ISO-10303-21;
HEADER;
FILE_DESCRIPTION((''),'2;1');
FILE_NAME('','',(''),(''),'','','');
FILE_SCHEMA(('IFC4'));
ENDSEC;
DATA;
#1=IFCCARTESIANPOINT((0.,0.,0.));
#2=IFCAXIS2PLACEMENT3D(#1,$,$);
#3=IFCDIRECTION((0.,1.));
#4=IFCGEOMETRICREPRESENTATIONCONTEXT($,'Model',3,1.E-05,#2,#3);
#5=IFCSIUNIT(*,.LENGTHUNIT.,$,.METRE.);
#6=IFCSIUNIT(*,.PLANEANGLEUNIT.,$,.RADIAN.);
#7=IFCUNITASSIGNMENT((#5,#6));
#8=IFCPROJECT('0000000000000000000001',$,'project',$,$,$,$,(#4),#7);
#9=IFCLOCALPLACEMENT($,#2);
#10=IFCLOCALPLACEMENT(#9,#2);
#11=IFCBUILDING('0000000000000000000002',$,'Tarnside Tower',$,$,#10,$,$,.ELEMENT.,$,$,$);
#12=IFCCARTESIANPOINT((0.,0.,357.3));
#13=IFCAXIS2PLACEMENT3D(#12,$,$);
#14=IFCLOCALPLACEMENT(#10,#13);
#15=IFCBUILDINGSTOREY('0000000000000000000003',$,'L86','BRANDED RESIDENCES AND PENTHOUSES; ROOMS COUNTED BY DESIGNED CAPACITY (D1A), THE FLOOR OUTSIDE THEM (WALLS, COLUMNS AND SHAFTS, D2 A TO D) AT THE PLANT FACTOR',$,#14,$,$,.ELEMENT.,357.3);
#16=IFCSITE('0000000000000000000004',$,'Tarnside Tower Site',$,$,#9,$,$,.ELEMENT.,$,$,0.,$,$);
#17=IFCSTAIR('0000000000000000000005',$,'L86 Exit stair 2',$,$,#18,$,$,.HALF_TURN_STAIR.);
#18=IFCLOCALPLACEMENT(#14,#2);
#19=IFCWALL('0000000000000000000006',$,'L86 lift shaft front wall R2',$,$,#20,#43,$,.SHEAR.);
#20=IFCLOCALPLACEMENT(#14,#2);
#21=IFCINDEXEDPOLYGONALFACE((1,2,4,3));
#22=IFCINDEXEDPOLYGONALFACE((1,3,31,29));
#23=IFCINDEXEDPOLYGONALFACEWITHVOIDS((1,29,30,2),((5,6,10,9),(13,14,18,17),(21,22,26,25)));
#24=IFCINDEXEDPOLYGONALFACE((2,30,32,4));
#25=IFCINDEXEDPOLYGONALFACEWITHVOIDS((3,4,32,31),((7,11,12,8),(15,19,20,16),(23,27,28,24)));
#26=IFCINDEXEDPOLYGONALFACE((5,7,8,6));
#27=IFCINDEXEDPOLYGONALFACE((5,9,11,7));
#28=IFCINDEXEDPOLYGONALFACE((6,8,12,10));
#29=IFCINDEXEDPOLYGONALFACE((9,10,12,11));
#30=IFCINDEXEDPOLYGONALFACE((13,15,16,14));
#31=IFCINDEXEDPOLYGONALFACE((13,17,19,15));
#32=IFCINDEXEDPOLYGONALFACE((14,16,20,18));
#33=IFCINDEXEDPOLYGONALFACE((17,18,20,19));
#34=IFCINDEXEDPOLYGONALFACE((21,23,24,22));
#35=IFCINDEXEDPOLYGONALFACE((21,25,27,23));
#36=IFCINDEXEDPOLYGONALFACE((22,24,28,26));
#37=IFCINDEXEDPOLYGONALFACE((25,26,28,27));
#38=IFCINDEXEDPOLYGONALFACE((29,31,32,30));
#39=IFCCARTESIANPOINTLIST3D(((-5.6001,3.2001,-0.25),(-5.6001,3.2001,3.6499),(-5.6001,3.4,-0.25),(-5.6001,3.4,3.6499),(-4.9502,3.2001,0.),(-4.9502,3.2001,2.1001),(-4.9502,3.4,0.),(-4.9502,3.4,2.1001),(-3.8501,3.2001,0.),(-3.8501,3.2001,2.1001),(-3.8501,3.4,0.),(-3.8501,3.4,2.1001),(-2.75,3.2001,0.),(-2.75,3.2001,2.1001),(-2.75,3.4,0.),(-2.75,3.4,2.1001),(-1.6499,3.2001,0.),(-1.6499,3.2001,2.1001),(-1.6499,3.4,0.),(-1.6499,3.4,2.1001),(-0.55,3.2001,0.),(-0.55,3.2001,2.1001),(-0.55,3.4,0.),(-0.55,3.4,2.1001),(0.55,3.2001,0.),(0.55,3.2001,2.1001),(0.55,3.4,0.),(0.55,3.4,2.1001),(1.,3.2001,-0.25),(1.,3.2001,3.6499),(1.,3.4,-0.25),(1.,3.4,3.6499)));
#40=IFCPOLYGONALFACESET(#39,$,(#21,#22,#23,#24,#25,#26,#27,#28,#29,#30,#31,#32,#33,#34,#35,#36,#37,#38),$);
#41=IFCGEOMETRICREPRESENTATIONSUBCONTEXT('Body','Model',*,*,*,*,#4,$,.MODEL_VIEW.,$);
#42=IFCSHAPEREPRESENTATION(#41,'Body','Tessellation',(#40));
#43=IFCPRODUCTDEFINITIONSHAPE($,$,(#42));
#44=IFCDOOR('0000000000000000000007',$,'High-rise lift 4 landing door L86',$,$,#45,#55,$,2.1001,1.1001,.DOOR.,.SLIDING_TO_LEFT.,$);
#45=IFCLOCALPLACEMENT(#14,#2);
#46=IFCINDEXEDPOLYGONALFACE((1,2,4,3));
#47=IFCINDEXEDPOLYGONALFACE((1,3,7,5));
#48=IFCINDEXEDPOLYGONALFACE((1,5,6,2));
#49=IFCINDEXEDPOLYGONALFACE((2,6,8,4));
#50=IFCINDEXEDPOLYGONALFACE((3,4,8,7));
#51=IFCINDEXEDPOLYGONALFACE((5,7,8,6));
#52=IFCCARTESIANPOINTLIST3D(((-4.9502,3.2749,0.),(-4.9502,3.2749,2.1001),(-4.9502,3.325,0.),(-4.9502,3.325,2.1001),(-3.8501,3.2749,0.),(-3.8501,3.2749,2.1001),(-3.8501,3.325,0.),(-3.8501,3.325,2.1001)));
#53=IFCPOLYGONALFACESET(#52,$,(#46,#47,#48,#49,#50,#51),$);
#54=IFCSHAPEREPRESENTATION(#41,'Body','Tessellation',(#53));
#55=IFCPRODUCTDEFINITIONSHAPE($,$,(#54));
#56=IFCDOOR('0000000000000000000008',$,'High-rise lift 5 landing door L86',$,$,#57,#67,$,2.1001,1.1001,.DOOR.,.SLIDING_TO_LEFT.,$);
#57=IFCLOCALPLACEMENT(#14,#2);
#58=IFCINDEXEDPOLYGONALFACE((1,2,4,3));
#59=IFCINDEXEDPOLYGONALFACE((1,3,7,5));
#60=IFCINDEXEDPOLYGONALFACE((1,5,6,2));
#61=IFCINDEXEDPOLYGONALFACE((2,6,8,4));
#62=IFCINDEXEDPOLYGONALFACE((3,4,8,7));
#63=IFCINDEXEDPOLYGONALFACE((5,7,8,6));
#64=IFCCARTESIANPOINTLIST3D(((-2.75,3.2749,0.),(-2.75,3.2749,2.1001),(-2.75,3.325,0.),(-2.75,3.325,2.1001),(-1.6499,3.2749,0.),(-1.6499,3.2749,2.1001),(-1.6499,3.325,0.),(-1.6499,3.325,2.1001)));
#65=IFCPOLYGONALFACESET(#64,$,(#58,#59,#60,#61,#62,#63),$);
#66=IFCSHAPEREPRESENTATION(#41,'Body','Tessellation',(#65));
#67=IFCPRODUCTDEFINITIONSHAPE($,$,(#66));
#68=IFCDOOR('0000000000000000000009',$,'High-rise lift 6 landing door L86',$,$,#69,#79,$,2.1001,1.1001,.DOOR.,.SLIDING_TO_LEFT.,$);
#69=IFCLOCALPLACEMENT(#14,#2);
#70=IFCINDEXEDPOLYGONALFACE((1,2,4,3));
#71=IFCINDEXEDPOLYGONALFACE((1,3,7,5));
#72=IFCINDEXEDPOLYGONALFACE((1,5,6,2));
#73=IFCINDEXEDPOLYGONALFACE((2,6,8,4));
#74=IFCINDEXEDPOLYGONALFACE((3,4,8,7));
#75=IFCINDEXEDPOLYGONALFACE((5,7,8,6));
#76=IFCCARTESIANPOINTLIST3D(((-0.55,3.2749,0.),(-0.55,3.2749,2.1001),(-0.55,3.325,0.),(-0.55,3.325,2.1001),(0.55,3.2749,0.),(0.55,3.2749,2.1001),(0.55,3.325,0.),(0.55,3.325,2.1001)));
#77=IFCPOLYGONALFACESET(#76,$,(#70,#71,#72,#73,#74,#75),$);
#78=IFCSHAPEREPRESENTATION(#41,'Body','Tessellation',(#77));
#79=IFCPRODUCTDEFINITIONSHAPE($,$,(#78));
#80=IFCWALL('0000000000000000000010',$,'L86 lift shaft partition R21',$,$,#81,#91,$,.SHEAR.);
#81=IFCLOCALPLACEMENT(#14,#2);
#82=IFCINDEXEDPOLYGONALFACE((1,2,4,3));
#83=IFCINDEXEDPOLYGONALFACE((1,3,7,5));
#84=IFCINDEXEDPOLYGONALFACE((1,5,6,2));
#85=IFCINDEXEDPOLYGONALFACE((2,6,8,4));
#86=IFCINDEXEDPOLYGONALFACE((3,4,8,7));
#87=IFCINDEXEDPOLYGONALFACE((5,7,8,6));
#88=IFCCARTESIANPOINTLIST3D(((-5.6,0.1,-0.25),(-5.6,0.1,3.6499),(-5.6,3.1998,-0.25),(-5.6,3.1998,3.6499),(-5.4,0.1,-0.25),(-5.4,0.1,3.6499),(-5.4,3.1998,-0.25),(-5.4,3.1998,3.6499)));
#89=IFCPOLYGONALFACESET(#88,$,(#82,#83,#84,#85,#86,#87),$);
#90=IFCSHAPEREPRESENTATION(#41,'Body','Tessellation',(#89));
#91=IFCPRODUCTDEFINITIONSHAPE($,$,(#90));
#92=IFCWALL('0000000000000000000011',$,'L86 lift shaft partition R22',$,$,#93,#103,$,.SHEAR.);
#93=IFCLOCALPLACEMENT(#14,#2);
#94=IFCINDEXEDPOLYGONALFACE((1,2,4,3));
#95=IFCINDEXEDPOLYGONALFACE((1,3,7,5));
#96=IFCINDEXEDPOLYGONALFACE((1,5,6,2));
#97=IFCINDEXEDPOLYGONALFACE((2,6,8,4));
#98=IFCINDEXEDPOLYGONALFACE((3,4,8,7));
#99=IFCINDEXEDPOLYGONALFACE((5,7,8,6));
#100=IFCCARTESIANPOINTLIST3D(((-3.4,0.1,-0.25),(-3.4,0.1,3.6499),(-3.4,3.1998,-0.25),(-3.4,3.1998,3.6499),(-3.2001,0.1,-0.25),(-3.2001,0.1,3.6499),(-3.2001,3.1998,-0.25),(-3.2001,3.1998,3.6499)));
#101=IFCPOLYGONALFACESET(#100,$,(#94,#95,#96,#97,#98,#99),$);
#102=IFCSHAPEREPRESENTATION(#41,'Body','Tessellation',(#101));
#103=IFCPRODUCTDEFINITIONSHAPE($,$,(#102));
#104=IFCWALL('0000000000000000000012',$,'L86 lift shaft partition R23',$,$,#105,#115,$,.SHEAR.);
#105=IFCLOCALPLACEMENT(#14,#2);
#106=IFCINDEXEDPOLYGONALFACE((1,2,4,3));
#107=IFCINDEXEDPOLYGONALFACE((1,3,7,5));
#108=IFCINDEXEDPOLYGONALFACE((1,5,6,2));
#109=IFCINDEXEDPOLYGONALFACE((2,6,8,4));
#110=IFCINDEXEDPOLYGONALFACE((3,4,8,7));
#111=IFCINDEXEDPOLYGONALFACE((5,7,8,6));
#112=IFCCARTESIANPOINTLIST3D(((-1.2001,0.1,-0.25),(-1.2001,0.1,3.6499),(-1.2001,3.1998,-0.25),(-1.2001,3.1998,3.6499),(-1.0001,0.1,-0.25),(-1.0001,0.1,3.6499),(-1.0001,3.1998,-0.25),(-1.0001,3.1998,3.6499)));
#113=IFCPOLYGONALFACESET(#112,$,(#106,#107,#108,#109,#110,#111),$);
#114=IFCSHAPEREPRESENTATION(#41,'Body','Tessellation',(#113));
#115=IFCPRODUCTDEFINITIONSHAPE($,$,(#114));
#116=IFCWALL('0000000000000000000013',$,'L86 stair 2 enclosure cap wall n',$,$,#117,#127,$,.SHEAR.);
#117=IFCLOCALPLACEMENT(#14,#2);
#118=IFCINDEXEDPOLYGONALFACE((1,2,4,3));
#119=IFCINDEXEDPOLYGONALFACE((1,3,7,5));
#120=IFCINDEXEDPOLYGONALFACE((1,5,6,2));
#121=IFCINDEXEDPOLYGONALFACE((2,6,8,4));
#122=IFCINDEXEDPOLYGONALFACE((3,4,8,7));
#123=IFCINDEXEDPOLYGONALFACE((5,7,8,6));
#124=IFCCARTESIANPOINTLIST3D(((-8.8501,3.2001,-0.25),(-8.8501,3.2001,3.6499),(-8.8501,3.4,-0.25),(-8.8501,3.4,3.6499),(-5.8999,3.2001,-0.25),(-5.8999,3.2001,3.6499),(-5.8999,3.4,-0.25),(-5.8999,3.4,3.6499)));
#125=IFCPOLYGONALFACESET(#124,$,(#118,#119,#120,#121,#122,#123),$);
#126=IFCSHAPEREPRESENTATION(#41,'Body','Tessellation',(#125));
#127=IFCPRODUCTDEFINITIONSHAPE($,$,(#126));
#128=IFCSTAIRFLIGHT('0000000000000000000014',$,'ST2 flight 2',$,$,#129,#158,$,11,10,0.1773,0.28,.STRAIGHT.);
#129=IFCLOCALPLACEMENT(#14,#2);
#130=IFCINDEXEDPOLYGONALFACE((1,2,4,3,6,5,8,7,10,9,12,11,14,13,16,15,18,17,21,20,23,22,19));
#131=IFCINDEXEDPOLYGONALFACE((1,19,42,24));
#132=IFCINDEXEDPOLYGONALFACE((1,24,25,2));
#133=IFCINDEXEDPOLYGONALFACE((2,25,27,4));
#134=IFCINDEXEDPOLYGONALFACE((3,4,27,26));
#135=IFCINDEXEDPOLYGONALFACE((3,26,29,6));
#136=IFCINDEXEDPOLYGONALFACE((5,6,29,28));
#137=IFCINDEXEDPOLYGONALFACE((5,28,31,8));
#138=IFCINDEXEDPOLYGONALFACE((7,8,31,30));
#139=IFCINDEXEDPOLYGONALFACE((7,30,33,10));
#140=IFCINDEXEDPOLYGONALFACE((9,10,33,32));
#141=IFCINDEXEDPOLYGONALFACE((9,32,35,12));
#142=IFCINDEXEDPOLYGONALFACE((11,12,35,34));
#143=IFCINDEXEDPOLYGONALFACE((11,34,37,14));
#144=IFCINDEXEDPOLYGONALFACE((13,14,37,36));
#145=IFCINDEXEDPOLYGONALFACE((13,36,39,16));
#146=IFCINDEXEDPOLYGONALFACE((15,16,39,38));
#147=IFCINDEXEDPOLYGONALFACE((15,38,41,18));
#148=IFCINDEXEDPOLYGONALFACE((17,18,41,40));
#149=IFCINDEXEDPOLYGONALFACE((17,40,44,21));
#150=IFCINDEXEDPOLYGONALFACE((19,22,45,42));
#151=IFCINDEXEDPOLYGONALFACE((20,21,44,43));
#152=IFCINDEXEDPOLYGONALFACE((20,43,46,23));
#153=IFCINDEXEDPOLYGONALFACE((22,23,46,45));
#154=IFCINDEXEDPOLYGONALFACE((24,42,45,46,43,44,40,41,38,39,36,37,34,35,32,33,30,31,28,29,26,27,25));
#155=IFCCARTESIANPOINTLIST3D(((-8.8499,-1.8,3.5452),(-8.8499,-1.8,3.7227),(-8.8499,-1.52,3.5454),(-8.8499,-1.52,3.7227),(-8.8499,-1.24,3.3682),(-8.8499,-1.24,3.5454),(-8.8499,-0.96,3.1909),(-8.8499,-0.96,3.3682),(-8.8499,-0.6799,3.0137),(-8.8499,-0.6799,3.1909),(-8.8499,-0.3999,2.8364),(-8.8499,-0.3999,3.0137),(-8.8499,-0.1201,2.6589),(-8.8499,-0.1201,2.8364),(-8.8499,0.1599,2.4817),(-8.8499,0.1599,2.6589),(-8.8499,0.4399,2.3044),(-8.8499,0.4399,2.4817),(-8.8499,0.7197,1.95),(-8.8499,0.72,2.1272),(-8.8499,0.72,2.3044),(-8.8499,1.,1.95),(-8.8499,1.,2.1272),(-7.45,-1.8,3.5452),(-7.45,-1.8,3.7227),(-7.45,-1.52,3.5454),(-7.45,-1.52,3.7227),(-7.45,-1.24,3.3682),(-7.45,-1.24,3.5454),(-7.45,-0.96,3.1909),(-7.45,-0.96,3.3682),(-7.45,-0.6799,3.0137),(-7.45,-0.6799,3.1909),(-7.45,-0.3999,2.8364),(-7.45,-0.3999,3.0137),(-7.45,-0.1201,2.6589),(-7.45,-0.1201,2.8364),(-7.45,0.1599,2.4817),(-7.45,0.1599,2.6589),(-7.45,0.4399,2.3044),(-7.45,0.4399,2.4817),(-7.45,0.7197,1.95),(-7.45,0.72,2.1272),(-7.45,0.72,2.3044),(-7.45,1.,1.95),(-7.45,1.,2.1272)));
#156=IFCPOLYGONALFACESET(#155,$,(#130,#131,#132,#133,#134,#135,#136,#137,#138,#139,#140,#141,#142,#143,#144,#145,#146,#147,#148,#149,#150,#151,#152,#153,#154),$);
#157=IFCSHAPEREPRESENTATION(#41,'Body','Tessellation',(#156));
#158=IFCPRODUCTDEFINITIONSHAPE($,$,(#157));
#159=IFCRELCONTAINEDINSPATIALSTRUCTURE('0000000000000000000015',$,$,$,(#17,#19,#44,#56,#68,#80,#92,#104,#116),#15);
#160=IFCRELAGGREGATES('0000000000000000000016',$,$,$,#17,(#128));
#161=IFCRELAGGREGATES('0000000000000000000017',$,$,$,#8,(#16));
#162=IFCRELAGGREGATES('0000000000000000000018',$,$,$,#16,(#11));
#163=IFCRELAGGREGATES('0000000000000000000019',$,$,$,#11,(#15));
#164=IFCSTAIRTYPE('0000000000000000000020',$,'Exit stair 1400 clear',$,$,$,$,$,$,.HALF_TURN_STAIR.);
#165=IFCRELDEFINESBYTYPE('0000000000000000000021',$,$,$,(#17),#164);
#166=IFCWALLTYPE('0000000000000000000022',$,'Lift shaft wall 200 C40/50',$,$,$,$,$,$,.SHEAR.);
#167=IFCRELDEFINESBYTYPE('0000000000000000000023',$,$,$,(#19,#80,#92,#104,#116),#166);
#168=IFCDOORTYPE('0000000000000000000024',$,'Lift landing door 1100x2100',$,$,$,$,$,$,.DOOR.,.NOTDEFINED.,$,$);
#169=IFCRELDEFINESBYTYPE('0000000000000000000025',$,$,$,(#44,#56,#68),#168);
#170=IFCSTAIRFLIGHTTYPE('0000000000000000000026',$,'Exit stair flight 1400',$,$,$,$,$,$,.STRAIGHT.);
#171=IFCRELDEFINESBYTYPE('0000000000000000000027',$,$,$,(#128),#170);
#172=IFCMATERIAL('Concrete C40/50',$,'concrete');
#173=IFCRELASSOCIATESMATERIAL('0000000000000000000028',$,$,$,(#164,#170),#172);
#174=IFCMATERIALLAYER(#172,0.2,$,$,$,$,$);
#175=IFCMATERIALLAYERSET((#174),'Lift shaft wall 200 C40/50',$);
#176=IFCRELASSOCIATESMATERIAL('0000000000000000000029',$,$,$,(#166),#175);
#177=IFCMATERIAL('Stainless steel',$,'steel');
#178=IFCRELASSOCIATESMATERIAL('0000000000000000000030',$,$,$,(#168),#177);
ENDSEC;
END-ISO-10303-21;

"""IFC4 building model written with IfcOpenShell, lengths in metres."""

from ifc_helpers import new_model, si_unit, direction, frame, frame_2d, origin, place, context, subcontext, project, spatial, polyline, rectangle, outline, extrude, material, layer, layer_set, type_object, element, fill, aggregate, save


model = new_model("IFC4")

# Units and contexts
model_context = context("Model", 3, precision=1e-05, world=origin(), true_north=direction((0.0, 1.0)))
body_context = subcontext(model_context, "Body", "Model", "MODEL_VIEW")
ifc_project = project(units=[si_unit("LENGTHUNIT", "METRE"), si_unit("PLANEANGLEUNIT", "RADIAN")], contexts=[model_context])

# Site, building, storey
site_placement = place(None, origin())
site = spatial("IfcSite", under=ifc_project, at=site_placement, Name="Tarnside Tower Site", CompositionType="ELEMENT", RefElevation=0.0)
building_placement = place(site_placement, origin())
building = spatial("IfcBuilding", under=site, at=building_placement, Name="Tarnside Tower", CompositionType="ELEMENT")
storey_placement = place(building_placement, frame((0.0, 0.0, 357.3)))
storey = spatial("IfcBuildingStorey", under=building, at=storey_placement, Name="L86", Description="BRANDED RESIDENCES AND PENTHOUSES; ROOMS COUNTED BY DESIGNED CAPACITY (D1A), THE FLOOR OUTSIDE THEM (WALLS, COLUMNS AND SHAFTS, D2 A TO D) AT THE PLANT FACTOR", CompositionType="ELEMENT", Elevation=357.3)

# Shared definitions
ifc_material_1 = material(Name="Concrete C40/50", Category="concrete")

# Stair
stair_type = type_object("IfcStairType", Name="Exit stair 1400 clear", PredefinedType="HALF_TURN_STAIR", material=ifc_material_1)
stair_1_placement = place(storey_placement, origin())
stair_1 = element("IfcStair", 1, at=stair_1_placement, inside=storey, type_object=stair_type, Name="L86 Exit stair 2", PredefinedType="HALF_TURN_STAIR")

# Wall, openings, doors
ifc_layer_1 = layer(ifc_material_1, 0.2)
ifc_layer_set_1 = layer_set([ifc_layer_1], Name="Lift shaft wall 200 C40/50")
wall_type_1 = type_object("IfcWallType", Name="Lift shaft wall 200 C40/50", PredefinedType="SHEAR", material=ifc_layer_set_1)
wall_1_placement = place(storey_placement, frame((-5.6001, 3.3, -0.25), z_axis=(0.0, 0.0, 1.0), x_axis=(1.0, 0.0, 0.0)))
wall_1 = element("IfcWall", 2, at=wall_1_placement, inside=storey, type_object=wall_type_1, Name="L86 lift shaft front wall R2", PredefinedType="SHEAR", context=body_context, shape_type="SweptSolid", body=[
    extrude(rectangle(XDim=6.6001, YDim=0.2, at=frame_2d((3.3, 0.0))), origin(), (0.0, 0.0, 1.0), 3.8999),
])
opening_1_placement = place(wall_1_placement, frame((0.6499, 0.0, 0.25)))
opening_1 = element("IfcOpeningElement", 3, at=opening_1_placement, cuts=wall_1, PredefinedType="OPENING", context=body_context, shape_type="SweptSolid", body=[
    extrude(rectangle(XDim=1.1001, YDim=2.1001, at=frame_2d((0.55, 1.05))), frame((0.0, 0.1099, 0.0), z_axis=(0.0, -1.0, 0.0), x_axis=(1.0, 0.0, 0.0)), (0.0, 0.0, 1.0), 0.22),
])
opening_2_placement = place(wall_1_placement, frame((2.8501, 0.0, 0.25)))
opening_2 = element("IfcOpeningElement", 4, at=opening_2_placement, cuts=wall_1, PredefinedType="OPENING", context=body_context, shape_type="SweptSolid", body=[
    extrude(rectangle(XDim=1.1001, YDim=2.1001, at=frame_2d((0.55, 1.05))), frame((0.0, 0.1099, 0.0), z_axis=(0.0, -1.0, 0.0), x_axis=(1.0, 0.0, 0.0)), (0.0, 0.0, 1.0), 0.22),
])
opening_3_placement = place(wall_1_placement, frame((5.05, 0.0, 0.25)))
opening_3 = element("IfcOpeningElement", 5, at=opening_3_placement, cuts=wall_1, PredefinedType="OPENING", context=body_context, shape_type="SweptSolid", body=[
    extrude(rectangle(XDim=1.1001, YDim=2.1001, at=frame_2d((0.55, 1.05))), frame((0.0, 0.1099, 0.0), z_axis=(0.0, -1.0, 0.0), x_axis=(1.0, 0.0, 0.0)), (0.0, 0.0, 1.0), 0.22),
])
ifc_material_2 = material(Name="Stainless steel", Category="steel")
door_type = type_object("IfcDoorType", Name="Lift landing door 1100x2100", OperationType="NOTDEFINED", PredefinedType="DOOR", material=ifc_material_2)
door_1_placement = place(opening_1_placement, origin())
door_1 = element("IfcDoor", 6, at=door_1_placement, inside=storey, type_object=door_type, Name="High-rise lift 4 landing door L86", OperationType="SLIDING_TO_LEFT", OverallHeight=2.1001, OverallWidth=1.1001, PredefinedType="DOOR", context=body_context, shape_type="SweptSolid", body=[
    extrude(rectangle(XDim=1.1001, YDim=2.1001, at=frame_2d((0.55, 1.05))), frame((0.0, 0.0249, 0.0), z_axis=(0.0, -1.0, 0.0), x_axis=(1.0, 0.0, 0.0)), (0.0, 0.0, 1.0), 0.05),
])
fill(opening_1, door_1)
door_2_placement = place(opening_2_placement, origin())
door_2 = element("IfcDoor", 7, at=door_2_placement, inside=storey, type_object=door_type, Name="High-rise lift 5 landing door L86", OperationType="SLIDING_TO_LEFT", OverallHeight=2.1001, OverallWidth=1.1001, PredefinedType="DOOR", context=body_context, shape_type="SweptSolid", body=[
    extrude(rectangle(XDim=1.1001, YDim=2.1001, at=frame_2d((0.55, 1.05))), frame((0.0, 0.0249, 0.0), z_axis=(0.0, -1.0, 0.0), x_axis=(1.0, 0.0, 0.0)), (0.0, 0.0, 1.0), 0.05),
])
fill(opening_2, door_2)
door_3_placement = place(opening_3_placement, origin())
door_3 = element("IfcDoor", 8, at=door_3_placement, inside=storey, type_object=door_type, Name="High-rise lift 6 landing door L86", OperationType="SLIDING_TO_LEFT", OverallHeight=2.1001, OverallWidth=1.1001, PredefinedType="DOOR", context=body_context, shape_type="SweptSolid", body=[
    extrude(rectangle(XDim=1.1001, YDim=2.1001, at=frame_2d((0.55, 1.05))), frame((0.0, 0.0249, 0.0), z_axis=(0.0, -1.0, 0.0), x_axis=(1.0, 0.0, 0.0)), (0.0, 0.0, 1.0), 0.05),
])
fill(opening_3, door_3)

# Walls
for number, where, z_axis, x_axis, name in (
    (9, (-5.5, 0.1001, -0.25), (0.0, 0.0, 1.0), (0.0, 1.0, 0.0), "L86 lift shaft partition R21"),
    (10, (-3.3, 0.1001, -0.25), (0.0, 0.0, 1.0), (0.0, 1.0, 0.0), "L86 lift shaft partition R22"),
    (11, (-1.1001, 0.1001, -0.25), (0.0, 0.0, 1.0), (0.0, 1.0, 0.0), "L86 lift shaft partition R23"),
):
    element("IfcWall", number, at=place(storey_placement, frame(where, z_axis=z_axis, x_axis=x_axis)), inside=storey, type_object=wall_type_1, Name=name, PredefinedType="SHEAR", context=body_context, shape_type="SweptSolid", body=[
        extrude(rectangle(XDim=3.0999, YDim=0.2, at=frame_2d((1.5498, 0.0))), origin(), (0.0, 0.0, 1.0), 3.8999),
    ])
wall_2_placement = place(storey_placement, frame((-8.8501, 3.3, -0.25), z_axis=(0.0, 0.0, 1.0), x_axis=(1.0, 0.0, 0.0)))
element("IfcWall", 12, at=wall_2_placement, inside=storey, type_object=wall_type_1, Name="L86 stair 2 enclosure cap wall n", PredefinedType="SHEAR", context=body_context, shape_type="SweptSolid", body=[
    extrude(rectangle(XDim=2.9502, YDim=0.2, at=frame_2d((1.4751, 0.0))), origin(), (0.0, 0.0, 1.0), 3.8999),
])

# Stair flight
stair_flight_type = type_object("IfcStairFlightType", Name="Exit stair flight 1400", PredefinedType="STRAIGHT", material=ifc_material_1)
stair_flight_placement = place(storey_placement, frame((-8.1499, 1.0, 1.95), z_axis=(0.0, 0.0, 1.0), x_axis=(0.0, -1.0, 0.0)))
stair_flight = element("IfcStairFlight", 13, at=stair_flight_placement, type_object=stair_flight_type, Name="ST2 flight 2", NumberOfRisers=11, NumberOfTreads=10, PredefinedType="STRAIGHT", RiserHeight=0.1773, TreadLength=0.28, context=body_context, shape_type="SweptSolid", body=[
    extrude(outline(polyline([(0.0, 0.0), (0.0, 0.1772), (0.28, 0.1772), (0.28, 0.3545), (0.5601, 0.3545), (0.5601, 0.5317), (0.8401, 0.5317), (0.8401, 0.709), (1.1201, 0.709), (1.1201, 0.8865), (1.3999, 0.8865), (1.3999, 1.0637), (1.6799, 1.0637), (1.6799, 1.241), (1.96, 1.241), (1.96, 1.4182), (2.24, 1.4182), (2.24, 1.5955), (2.52, 1.5955), (2.52, 1.7727), (2.8, 1.7727), (2.8, 1.95), (2.8, 1.5952), (0.2803, 0.0), (0.0, 0.0)])), frame((0.0, 0.7, 0.0), z_axis=(0.0, -1.0, 0.0), x_axis=(1.0, 0.0, 0.0)), (0.0, 0.0, 1.0), 1.3999),
])
aggregate(stair_1, [stair_flight])

save(model, "model.ifc")
